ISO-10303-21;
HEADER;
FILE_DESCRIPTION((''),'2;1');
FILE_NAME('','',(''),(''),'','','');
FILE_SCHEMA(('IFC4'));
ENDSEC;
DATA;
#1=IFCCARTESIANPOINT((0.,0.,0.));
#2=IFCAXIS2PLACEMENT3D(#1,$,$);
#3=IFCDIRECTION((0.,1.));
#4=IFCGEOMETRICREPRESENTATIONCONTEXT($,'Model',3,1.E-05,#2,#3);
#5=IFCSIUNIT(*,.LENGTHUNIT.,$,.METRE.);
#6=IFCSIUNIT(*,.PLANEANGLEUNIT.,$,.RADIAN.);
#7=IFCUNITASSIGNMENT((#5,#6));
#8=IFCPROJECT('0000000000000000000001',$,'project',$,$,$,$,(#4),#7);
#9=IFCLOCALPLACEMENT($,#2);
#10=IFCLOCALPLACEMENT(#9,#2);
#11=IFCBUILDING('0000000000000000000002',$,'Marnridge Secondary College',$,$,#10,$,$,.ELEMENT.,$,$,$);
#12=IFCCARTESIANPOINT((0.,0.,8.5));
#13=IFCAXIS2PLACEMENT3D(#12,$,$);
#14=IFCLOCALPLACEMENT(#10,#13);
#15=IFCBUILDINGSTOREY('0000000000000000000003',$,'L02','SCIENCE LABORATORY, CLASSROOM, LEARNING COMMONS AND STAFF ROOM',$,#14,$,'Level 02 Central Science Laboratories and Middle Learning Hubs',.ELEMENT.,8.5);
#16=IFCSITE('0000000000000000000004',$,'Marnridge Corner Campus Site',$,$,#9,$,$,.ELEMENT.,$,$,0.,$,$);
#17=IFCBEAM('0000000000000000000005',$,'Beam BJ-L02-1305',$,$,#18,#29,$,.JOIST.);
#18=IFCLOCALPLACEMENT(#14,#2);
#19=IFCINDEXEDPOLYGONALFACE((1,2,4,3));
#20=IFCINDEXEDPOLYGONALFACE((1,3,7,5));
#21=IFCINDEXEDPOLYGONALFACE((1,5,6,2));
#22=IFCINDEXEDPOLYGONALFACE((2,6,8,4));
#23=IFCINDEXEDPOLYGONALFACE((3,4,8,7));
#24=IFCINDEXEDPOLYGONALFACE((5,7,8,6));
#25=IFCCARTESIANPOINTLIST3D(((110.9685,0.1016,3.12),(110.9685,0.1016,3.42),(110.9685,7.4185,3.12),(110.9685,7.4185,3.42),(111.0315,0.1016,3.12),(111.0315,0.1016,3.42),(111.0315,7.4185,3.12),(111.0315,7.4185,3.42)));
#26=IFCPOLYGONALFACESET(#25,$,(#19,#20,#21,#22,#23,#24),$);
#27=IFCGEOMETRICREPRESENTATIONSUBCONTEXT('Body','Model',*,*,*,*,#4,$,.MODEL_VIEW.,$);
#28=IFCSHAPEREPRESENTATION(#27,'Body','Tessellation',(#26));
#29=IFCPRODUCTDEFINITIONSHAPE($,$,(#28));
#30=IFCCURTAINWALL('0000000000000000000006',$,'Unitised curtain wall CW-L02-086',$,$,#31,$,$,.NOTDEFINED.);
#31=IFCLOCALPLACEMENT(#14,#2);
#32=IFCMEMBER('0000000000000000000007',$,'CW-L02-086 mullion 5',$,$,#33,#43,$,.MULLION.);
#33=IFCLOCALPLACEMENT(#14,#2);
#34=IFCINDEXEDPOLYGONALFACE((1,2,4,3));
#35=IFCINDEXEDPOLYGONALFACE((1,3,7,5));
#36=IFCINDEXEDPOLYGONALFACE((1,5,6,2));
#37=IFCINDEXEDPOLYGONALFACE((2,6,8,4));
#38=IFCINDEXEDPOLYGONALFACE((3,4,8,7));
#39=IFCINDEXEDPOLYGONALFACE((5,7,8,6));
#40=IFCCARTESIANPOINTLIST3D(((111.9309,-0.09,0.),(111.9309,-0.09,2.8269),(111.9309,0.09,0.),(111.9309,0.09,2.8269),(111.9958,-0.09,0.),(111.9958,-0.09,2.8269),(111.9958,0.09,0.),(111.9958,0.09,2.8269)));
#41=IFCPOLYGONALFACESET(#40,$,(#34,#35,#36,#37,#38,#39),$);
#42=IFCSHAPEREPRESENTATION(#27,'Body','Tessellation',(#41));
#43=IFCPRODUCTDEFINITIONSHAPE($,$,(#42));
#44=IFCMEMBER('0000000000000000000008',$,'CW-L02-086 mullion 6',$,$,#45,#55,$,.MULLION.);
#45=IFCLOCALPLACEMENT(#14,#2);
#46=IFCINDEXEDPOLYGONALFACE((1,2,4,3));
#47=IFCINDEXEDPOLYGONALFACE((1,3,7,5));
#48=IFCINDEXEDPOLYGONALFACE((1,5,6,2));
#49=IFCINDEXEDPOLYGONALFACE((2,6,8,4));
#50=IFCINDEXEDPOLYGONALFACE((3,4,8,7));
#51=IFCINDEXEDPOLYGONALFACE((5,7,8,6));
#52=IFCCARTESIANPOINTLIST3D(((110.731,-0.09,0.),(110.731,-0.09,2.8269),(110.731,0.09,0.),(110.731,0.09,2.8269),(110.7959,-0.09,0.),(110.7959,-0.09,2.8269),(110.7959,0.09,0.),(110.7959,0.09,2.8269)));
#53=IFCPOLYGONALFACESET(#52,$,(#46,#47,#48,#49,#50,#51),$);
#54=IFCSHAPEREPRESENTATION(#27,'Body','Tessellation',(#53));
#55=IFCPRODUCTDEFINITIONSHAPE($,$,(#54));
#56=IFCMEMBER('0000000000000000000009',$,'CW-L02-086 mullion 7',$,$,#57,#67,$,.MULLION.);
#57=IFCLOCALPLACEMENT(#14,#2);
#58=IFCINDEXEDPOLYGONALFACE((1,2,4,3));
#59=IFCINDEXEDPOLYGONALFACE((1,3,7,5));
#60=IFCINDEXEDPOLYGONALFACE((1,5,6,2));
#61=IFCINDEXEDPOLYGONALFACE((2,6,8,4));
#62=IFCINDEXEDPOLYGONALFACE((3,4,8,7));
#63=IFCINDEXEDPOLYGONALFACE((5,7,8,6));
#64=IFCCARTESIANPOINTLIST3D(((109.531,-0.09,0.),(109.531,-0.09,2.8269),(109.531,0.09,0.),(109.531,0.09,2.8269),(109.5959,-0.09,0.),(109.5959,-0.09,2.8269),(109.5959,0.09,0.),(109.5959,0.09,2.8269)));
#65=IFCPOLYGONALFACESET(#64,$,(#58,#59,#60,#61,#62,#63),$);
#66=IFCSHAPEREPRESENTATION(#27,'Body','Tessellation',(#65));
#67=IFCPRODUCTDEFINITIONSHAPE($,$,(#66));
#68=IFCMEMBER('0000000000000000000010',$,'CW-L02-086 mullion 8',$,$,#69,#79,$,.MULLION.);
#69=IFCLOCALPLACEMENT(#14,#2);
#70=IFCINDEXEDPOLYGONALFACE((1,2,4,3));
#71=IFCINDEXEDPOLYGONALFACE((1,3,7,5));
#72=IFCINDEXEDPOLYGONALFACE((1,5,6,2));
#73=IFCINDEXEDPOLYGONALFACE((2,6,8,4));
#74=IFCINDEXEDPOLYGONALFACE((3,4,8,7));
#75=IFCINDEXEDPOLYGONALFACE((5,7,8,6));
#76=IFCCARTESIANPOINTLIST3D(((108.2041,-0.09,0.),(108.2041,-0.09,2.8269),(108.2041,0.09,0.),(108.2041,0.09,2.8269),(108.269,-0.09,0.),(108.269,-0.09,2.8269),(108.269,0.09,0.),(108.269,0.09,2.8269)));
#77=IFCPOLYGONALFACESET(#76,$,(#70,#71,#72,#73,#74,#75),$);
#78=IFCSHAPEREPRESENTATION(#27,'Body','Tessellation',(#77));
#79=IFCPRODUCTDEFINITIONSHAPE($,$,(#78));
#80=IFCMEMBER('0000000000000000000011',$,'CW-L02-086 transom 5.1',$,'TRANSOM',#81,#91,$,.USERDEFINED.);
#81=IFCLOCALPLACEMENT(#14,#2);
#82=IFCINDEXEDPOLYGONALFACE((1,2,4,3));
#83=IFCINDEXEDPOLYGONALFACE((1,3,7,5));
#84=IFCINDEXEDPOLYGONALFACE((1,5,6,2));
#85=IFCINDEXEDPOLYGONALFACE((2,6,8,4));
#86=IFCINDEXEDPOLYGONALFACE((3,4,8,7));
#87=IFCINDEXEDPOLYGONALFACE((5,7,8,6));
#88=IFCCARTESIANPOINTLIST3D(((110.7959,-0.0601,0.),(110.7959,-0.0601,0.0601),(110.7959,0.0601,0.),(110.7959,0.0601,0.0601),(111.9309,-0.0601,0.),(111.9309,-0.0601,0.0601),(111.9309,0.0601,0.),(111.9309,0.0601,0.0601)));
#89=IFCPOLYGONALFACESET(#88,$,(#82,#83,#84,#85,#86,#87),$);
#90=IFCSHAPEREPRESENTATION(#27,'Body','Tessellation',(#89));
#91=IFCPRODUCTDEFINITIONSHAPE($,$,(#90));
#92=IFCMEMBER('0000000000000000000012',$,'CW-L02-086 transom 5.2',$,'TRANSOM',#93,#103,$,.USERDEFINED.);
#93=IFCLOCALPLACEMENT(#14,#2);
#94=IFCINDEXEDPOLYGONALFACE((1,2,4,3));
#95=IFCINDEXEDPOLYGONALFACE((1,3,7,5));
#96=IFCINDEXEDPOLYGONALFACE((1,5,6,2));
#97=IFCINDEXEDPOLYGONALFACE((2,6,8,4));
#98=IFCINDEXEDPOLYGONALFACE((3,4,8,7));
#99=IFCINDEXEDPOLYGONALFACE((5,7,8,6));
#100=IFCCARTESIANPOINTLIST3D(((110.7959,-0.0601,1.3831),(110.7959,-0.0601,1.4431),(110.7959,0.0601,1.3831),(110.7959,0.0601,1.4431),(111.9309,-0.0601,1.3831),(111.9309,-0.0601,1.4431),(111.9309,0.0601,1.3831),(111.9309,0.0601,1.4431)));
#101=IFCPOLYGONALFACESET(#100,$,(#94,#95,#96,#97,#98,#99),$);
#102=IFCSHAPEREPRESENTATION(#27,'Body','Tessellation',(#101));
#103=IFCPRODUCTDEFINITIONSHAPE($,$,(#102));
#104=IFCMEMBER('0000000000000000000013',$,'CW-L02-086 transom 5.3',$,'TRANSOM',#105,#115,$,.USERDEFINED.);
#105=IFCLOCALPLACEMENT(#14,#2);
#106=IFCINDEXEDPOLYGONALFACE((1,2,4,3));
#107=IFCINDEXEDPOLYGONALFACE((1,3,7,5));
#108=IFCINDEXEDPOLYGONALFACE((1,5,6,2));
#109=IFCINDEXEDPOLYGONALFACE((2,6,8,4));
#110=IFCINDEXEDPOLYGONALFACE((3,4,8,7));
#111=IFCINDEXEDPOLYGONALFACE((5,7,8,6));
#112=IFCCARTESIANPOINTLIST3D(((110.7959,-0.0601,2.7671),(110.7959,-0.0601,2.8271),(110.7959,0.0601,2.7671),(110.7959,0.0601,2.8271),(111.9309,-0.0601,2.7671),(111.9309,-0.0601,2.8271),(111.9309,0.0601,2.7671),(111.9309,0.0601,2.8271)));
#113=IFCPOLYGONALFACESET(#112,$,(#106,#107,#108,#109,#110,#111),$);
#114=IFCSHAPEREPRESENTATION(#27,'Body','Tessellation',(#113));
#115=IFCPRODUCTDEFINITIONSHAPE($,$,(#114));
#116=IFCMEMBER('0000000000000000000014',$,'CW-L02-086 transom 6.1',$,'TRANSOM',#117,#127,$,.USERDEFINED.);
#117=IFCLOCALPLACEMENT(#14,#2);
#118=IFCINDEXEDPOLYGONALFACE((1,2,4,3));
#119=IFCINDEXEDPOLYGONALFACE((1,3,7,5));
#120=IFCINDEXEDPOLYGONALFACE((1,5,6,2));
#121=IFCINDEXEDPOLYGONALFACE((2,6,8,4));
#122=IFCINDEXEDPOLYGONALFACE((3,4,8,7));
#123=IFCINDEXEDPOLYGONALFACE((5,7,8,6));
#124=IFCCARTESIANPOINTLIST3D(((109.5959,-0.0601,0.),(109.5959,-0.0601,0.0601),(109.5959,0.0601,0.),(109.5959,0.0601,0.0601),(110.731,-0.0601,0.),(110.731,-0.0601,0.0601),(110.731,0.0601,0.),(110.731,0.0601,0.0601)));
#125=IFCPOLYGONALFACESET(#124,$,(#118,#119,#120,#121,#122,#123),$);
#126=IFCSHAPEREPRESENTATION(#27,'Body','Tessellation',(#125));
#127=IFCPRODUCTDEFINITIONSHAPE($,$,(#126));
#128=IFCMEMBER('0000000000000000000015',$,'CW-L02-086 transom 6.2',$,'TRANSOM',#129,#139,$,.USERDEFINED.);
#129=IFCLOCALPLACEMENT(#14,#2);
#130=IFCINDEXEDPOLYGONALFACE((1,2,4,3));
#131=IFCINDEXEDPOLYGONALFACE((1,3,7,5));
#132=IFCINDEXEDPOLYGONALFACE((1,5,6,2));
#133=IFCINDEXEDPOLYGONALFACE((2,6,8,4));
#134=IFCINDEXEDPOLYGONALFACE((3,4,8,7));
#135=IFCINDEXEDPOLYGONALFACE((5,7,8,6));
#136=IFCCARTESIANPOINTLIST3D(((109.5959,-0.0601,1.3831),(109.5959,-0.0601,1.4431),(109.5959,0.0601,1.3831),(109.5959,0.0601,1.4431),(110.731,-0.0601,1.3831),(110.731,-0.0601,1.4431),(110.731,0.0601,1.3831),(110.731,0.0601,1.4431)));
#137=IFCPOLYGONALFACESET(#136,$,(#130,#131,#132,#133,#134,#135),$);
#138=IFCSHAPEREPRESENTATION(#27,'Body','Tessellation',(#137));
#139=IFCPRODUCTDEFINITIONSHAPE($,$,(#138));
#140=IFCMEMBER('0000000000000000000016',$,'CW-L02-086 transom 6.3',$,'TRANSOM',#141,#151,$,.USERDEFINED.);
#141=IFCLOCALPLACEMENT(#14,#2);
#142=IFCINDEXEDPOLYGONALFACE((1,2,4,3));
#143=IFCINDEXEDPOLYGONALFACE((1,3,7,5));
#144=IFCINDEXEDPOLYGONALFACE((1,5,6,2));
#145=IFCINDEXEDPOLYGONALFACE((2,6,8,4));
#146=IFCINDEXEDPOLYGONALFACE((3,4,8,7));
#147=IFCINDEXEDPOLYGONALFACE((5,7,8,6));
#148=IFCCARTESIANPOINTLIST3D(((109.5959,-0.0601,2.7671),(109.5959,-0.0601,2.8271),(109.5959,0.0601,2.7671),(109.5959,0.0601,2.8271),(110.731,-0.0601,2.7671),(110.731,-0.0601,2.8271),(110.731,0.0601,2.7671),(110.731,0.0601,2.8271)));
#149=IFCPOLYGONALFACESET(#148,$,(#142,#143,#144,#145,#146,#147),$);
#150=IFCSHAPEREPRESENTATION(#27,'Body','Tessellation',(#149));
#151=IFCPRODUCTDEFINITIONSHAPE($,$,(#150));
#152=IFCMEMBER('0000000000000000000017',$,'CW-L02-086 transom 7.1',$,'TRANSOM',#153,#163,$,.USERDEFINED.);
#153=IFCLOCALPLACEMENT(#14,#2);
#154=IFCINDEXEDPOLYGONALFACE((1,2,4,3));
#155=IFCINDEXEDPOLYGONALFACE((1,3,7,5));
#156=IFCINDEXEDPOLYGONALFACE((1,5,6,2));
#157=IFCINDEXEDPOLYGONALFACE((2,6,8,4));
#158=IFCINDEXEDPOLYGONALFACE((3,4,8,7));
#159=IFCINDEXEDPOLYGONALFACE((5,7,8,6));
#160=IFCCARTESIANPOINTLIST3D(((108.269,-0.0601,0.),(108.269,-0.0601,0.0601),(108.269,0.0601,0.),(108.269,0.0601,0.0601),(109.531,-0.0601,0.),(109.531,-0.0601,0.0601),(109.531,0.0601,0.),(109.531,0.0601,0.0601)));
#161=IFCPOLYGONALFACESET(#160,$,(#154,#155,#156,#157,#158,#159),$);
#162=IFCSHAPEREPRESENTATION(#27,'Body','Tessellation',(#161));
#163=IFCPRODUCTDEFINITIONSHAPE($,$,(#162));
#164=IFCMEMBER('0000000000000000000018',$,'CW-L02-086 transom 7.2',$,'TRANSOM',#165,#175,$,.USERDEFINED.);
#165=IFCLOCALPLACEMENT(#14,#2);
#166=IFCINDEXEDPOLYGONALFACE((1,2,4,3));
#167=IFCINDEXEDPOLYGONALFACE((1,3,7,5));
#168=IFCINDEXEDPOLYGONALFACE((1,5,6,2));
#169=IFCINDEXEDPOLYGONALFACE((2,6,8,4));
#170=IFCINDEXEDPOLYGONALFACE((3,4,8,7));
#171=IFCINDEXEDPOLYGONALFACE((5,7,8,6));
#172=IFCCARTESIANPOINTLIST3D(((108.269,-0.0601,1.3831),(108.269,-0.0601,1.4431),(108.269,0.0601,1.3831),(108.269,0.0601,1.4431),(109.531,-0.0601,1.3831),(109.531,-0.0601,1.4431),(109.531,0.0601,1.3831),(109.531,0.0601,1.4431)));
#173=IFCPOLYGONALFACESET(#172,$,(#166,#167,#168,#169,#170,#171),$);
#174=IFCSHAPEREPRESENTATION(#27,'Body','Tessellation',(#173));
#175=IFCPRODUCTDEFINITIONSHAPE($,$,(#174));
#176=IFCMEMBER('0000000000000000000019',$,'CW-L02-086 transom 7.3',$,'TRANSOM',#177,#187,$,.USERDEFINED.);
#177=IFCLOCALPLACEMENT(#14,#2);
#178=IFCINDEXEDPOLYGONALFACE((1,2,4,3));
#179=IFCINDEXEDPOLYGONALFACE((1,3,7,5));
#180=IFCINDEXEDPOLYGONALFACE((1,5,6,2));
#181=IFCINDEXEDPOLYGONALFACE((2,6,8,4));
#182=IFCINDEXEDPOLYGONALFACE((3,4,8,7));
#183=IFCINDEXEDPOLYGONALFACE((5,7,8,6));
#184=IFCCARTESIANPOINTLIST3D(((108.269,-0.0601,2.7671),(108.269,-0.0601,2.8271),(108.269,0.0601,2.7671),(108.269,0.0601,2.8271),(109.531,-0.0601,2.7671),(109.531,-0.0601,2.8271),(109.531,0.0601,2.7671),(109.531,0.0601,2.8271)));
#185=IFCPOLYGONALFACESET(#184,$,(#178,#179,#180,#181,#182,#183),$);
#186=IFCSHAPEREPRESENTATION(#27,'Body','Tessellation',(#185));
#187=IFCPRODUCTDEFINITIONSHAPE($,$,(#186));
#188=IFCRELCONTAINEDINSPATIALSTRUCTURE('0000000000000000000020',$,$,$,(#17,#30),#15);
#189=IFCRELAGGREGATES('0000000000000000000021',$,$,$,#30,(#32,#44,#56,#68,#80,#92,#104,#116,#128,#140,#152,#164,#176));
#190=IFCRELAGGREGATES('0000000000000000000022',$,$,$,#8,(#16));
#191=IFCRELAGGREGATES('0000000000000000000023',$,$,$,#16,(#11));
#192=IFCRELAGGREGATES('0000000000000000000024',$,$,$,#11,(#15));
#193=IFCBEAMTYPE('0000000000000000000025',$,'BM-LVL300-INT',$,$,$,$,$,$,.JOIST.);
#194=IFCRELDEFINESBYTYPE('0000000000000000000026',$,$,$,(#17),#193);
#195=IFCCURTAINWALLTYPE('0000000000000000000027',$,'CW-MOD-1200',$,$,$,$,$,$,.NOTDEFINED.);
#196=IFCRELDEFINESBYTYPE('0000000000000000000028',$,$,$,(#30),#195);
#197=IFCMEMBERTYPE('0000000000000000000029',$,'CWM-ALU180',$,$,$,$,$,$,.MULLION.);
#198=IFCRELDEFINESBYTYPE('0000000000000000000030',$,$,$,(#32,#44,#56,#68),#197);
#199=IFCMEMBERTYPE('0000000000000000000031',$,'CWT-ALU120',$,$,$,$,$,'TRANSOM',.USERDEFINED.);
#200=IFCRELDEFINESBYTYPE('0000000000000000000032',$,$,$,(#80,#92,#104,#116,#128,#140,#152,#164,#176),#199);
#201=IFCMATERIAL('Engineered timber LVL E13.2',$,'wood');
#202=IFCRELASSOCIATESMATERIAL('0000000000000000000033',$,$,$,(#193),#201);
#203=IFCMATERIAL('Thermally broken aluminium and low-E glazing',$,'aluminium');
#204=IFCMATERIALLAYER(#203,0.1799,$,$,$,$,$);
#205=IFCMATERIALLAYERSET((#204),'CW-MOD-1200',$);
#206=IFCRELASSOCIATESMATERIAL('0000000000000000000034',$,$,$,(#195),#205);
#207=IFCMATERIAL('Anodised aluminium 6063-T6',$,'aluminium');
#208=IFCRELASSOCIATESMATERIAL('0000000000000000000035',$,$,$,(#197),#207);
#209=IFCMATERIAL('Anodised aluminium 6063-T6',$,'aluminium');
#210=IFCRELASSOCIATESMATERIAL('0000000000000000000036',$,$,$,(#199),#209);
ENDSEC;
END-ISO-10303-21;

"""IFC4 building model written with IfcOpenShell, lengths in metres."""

from ifc_helpers import new_model, si_unit, direction, frame, origin, origin_2d, place, context, subcontext, project, spatial, rectangle, extrude, material, layer, layer_set, material_profile, profile_set, type_object, element, aggregate, save


model = new_model("IFC4")

# Units and contexts
model_context = context("Model", 3, precision=1e-05, world=origin(), true_north=direction((0.0, 1.0)))
body_context = subcontext(model_context, "Body", "Model", "MODEL_VIEW")
ifc_project = project(units=[si_unit("LENGTHUNIT", "METRE"), si_unit("PLANEANGLEUNIT", "RADIAN")], contexts=[model_context])

# Site, building, storey
site_placement = place(None, origin())
site = spatial("IfcSite", under=ifc_project, at=site_placement, Name="Marnridge Corner Campus Site", CompositionType="ELEMENT", RefElevation=0.0)
building_placement = place(site_placement, origin())
building = spatial("IfcBuilding", under=site, at=building_placement, Name="Marnridge Secondary College", CompositionType="ELEMENT")
storey_placement = place(building_placement, frame((0.0, 0.0, 8.5)))
storey = spatial("IfcBuildingStorey", under=building, at=storey_placement, Name="L02", Description="SCIENCE LABORATORY, CLASSROOM, LEARNING COMMONS AND STAFF ROOM", LongName="Level 02 Central Science Laboratories and Middle Learning Hubs", CompositionType="ELEMENT", Elevation=8.5)

# Beam
ifc_material_1 = material(Name="Engineered timber LVL E13.2", Category="wood")
ifc_material_profile_1 = material_profile(ifc_material_1, rectangle(XDim=0.063, YDim=0.3, at=origin_2d()), Name="LVL 63x300")
ifc_profile_set_1 = profile_set([ifc_material_profile_1], Name="Engineered timber LVL E13.2")
beam_type = type_object("IfcBeamType", Name="BM-LVL300-INT", PredefinedType="JOIST", material=ifc_profile_set_1)
beam_placement = place(storey_placement, frame((111.0, 0.1016, 3.27), z_axis=(0.0, 1.0, 0.0), x_axis=(-1.0, 0.0, 0.0)))
element("IfcBeam", 1, at=beam_placement, inside=storey, type_object=beam_type, Name="Beam BJ-L02-1305", PredefinedType="JOIST", context=body_context, shape_type="SweptSolid", body=[
    extrude(rectangle(XDim=0.063, YDim=0.3, at=origin_2d()), origin(), (0.0, 0.0, 1.0), 7.3169),
])

# Curtain wall, members
ifc_material_2 = material(Name="Thermally broken aluminium and low-E glazing", Category="aluminium")
ifc_layer_1 = layer(ifc_material_2, 0.1799)
ifc_layer_set_1 = layer_set([ifc_layer_1], Name="CW-MOD-1200")
curtain_wall_type = type_object("IfcCurtainWallType", Name="CW-MOD-1200", PredefinedType="NOTDEFINED", material=ifc_layer_set_1)
curtain_wall_placement = place(storey_placement, origin())
curtain_wall = element("IfcCurtainWall", 2, at=curtain_wall_placement, inside=storey, type_object=curtain_wall_type, Name="Unitised curtain wall CW-L02-086", PredefinedType="NOTDEFINED")
ifc_material_3 = material(Name="Anodised aluminium 6063-T6", Category="aluminium")
ifc_material_profile_2 = material_profile(ifc_material_3, rectangle(XDim=0.0649, YDim=0.1799, at=origin_2d()), Name="ALU 65x180")
ifc_profile_set_2 = profile_set([ifc_material_profile_2], Name="Anodised aluminium 6063-T6")
member_type_1 = type_object("IfcMemberType", Name="CWM-ALU180", PredefinedType="MULLION", material=ifc_profile_set_2)
member_1_placement = place(storey_placement, frame((111.9634, 0.0, 0.0), z_axis=(0.0, 0.0, 1.0), x_axis=(-1.0, 0.0, 0.0)))
member_1 = element("IfcMember", 3, at=member_1_placement, type_object=member_type_1, Name="CW-L02-086 mullion 5", PredefinedType="MULLION", context=body_context, shape_type="SweptSolid", body=[
    extrude(rectangle(XDim=0.0649, YDim=0.1799, at=origin_2d()), origin(), (0.0, 0.0, 1.0), 2.8269),
])
member_2_placement = place(storey_placement, frame((110.7634, 0.0, 0.0), z_axis=(0.0, 0.0, 1.0), x_axis=(-1.0, 0.0, 0.0)))
member_2 = element("IfcMember", 4, at=member_2_placement, type_object=member_type_1, Name="CW-L02-086 mullion 6", PredefinedType="MULLION", context=body_context, shape_type="SweptSolid", body=[
    extrude(rectangle(XDim=0.0649, YDim=0.1799, at=origin_2d()), origin(), (0.0, 0.0, 1.0), 2.8269),
])
member_3_placement = place(storey_placement, frame((109.5635, 0.0, 0.0), z_axis=(0.0, 0.0, 1.0), x_axis=(-1.0, 0.0, 0.0)))
member_3 = element("IfcMember", 5, at=member_3_placement, type_object=member_type_1, Name="CW-L02-086 mullion 7", PredefinedType="MULLION", context=body_context, shape_type="SweptSolid", body=[
    extrude(rectangle(XDim=0.0649, YDim=0.1799, at=origin_2d()), origin(), (0.0, 0.0, 1.0), 2.8269),
])
member_4_placement = place(storey_placement, frame((108.2366, 0.0, 0.0), z_axis=(0.0, 0.0, 1.0), x_axis=(-1.0, 0.0, 0.0)))
member_4 = element("IfcMember", 6, at=member_4_placement, type_object=member_type_1, Name="CW-L02-086 mullion 8", PredefinedType="MULLION", context=body_context, shape_type="SweptSolid", body=[
    extrude(rectangle(XDim=0.0649, YDim=0.1799, at=origin_2d()), origin(), (0.0, 0.0, 1.0), 2.8269),
])
ifc_material_4 = material(Name="Anodised aluminium 6063-T6", Category="aluminium")
ifc_material_profile_3 = material_profile(ifc_material_4, rectangle(XDim=0.0601, YDim=0.1201, at=origin_2d()), Name="ALU 60x120")
ifc_profile_set_3 = profile_set([ifc_material_profile_3], Name="Anodised aluminium 6063-T6")
member_type_2 = type_object("IfcMemberType", Name="CWT-ALU120", ElementType="TRANSOM", PredefinedType="USERDEFINED", material=ifc_profile_set_3)
member_5_placement = place(storey_placement, frame((111.9309, 0.0, 0.03), z_axis=(-1.0, 0.0, 0.0), x_axis=(0.0, 0.0, 1.0)))
member_5 = element("IfcMember", 7, at=member_5_placement, type_object=member_type_2, Name="CW-L02-086 transom 5.1", ObjectType="TRANSOM", PredefinedType="USERDEFINED", context=body_context, shape_type="SweptSolid", body=[
    extrude(rectangle(XDim=0.0601, YDim=0.1201, at=origin_2d()), origin(), (0.0, 0.0, 1.0), 1.135),
])
member_6_placement = place(storey_placement, frame((111.9309, 0.0, 1.4131), z_axis=(-1.0, 0.0, 0.0), x_axis=(0.0, 0.0, 1.0)))
member_6 = element("IfcMember", 8, at=member_6_placement, type_object=member_type_2, Name="CW-L02-086 transom 5.2", ObjectType="TRANSOM", PredefinedType="USERDEFINED", context=body_context, shape_type="SweptSolid", body=[
    extrude(rectangle(XDim=0.0601, YDim=0.1201, at=origin_2d()), origin(), (0.0, 0.0, 1.0), 1.135),
])
member_7_placement = place(storey_placement, frame((111.9309, 0.0, 2.7971), z_axis=(-1.0, 0.0, 0.0), x_axis=(0.0, 0.0, 1.0)))
member_7 = element("IfcMember", 9, at=member_7_placement, type_object=member_type_2, Name="CW-L02-086 transom 5.3", ObjectType="TRANSOM", PredefinedType="USERDEFINED", context=body_context, shape_type="SweptSolid", body=[
    extrude(rectangle(XDim=0.0601, YDim=0.1201, at=origin_2d()), origin(), (0.0, 0.0, 1.0), 1.135),
])
member_8_placement = place(storey_placement, frame((110.731, 0.0, 0.03), z_axis=(-1.0, 0.0, 0.0), x_axis=(0.0, 0.0, 1.0)))
member_8 = element("IfcMember", 10, at=member_8_placement, type_object=member_type_2, Name="CW-L02-086 transom 6.1", ObjectType="TRANSOM", PredefinedType="USERDEFINED", context=body_context, shape_type="SweptSolid", body=[
    extrude(rectangle(XDim=0.0601, YDim=0.1201, at=origin_2d()), origin(), (0.0, 0.0, 1.0), 1.135),
])
member_9_placement = place(storey_placement, frame((110.731, 0.0, 1.4131), z_axis=(-1.0, 0.0, 0.0), x_axis=(0.0, 0.0, 1.0)))
member_9 = element("IfcMember", 11, at=member_9_placement, type_object=member_type_2, Name="CW-L02-086 transom 6.2", ObjectType="TRANSOM", PredefinedType="USERDEFINED", context=body_context, shape_type="SweptSolid", body=[
    extrude(rectangle(XDim=0.0601, YDim=0.1201, at=origin_2d()), origin(), (0.0, 0.0, 1.0), 1.135),
])
member_10_placement = place(storey_placement, frame((110.731, 0.0, 2.7971), z_axis=(-1.0, 0.0, 0.0), x_axis=(0.0, 0.0, 1.0)))
member_10 = element("IfcMember", 12, at=member_10_placement, type_object=member_type_2, Name="CW-L02-086 transom 6.3", ObjectType="TRANSOM", PredefinedType="USERDEFINED", context=body_context, shape_type="SweptSolid", body=[
    extrude(rectangle(XDim=0.0601, YDim=0.1201, at=origin_2d()), origin(), (0.0, 0.0, 1.0), 1.135),
])
member_11_placement = place(storey_placement, frame((109.531, 0.0, 0.03), z_axis=(-1.0, 0.0, 0.0), x_axis=(0.0, 0.0, 1.0)))
member_11 = element("IfcMember", 13, at=member_11_placement, type_object=member_type_2, Name="CW-L02-086 transom 7.1", ObjectType="TRANSOM", PredefinedType="USERDEFINED", context=body_context, shape_type="SweptSolid", body=[
    extrude(rectangle(XDim=0.0601, YDim=0.1201, at=origin_2d()), origin(), (0.0, 0.0, 1.0), 1.262),
])
member_12_placement = place(storey_placement, frame((109.531, 0.0, 1.4131), z_axis=(-1.0, 0.0, 0.0), x_axis=(0.0, 0.0, 1.0)))
member_12 = element("IfcMember", 14, at=member_12_placement, type_object=member_type_2, Name="CW-L02-086 transom 7.2", ObjectType="TRANSOM", PredefinedType="USERDEFINED", context=body_context, shape_type="SweptSolid", body=[
    extrude(rectangle(XDim=0.0601, YDim=0.1201, at=origin_2d()), origin(), (0.0, 0.0, 1.0), 1.262),
])
member_13_placement = place(storey_placement, frame((109.531, 0.0, 2.7971), z_axis=(-1.0, 0.0, 0.0), x_axis=(0.0, 0.0, 1.0)))
member_13 = element("IfcMember", 15, at=member_13_placement, type_object=member_type_2, Name="CW-L02-086 transom 7.3", ObjectType="TRANSOM", PredefinedType="USERDEFINED", context=body_context, shape_type="SweptSolid", body=[
    extrude(rectangle(XDim=0.0601, YDim=0.1201, at=origin_2d()), origin(), (0.0, 0.0, 1.0), 1.262),
])
aggregate(curtain_wall, [member_1, member_2, member_3, member_4, member_5, member_6, member_7, member_8, member_9, member_10, member_11, member_12, member_13])

save(model, "model.ifc")
